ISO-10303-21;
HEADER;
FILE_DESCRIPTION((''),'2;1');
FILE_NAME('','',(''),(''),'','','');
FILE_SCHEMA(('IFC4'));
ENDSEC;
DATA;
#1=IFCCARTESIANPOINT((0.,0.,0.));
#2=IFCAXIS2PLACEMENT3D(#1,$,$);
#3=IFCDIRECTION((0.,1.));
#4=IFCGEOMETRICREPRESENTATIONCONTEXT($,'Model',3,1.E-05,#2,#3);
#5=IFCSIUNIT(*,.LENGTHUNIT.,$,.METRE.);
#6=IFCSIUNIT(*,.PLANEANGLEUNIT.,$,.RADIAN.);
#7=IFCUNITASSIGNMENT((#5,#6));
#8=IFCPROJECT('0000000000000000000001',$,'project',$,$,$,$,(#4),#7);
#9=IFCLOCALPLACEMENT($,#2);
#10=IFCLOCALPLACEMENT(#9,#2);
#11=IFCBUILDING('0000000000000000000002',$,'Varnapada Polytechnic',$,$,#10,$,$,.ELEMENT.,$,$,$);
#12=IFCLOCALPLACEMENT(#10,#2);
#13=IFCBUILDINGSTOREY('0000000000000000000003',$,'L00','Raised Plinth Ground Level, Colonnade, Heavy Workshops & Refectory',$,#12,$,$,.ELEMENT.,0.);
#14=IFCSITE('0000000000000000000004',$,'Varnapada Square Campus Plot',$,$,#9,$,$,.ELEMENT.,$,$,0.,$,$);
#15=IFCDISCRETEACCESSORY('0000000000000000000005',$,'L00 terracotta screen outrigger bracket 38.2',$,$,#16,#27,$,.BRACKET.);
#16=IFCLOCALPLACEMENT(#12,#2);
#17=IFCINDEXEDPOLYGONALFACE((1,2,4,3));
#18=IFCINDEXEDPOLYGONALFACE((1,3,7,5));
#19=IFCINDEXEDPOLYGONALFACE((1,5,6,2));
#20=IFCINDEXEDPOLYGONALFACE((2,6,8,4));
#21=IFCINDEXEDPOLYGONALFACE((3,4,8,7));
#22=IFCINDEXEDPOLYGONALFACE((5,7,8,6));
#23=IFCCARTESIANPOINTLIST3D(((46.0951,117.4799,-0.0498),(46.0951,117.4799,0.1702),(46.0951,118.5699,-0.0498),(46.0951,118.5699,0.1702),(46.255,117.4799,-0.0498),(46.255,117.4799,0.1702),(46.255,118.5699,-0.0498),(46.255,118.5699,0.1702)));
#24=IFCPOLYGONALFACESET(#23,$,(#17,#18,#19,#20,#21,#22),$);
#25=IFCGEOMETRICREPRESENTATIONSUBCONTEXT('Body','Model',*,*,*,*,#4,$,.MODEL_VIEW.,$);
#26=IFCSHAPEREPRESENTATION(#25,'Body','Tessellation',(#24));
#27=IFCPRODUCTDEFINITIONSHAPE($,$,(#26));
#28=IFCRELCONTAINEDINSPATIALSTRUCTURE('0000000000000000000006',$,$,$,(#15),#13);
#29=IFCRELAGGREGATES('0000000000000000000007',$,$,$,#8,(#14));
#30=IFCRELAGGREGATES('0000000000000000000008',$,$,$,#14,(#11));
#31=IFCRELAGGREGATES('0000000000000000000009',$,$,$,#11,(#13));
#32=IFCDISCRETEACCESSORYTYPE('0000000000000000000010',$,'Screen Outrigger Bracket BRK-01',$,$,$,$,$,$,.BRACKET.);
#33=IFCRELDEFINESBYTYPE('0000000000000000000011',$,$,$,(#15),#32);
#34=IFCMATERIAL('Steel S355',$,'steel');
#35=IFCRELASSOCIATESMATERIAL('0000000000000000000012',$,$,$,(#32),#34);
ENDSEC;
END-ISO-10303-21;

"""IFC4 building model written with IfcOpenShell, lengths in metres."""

from ifc_helpers import new_model, si_unit, direction, frame, origin, origin_2d, place, context, subcontext, project, spatial, rectangle, extrude, material, type_object, element, save


model = new_model("IFC4")

# Units and contexts
model_context = context("Model", 3, precision=1e-05, world=origin(), true_north=direction((0.0, 1.0)))
body_context = subcontext(model_context, "Body", "Model", "MODEL_VIEW")
ifc_project = project(units=[si_unit("LENGTHUNIT", "METRE"), si_unit("PLANEANGLEUNIT", "RADIAN")], contexts=[model_context])

# Site, building, storey
site_placement = place(None, origin())
site = spatial("IfcSite", under=ifc_project, at=site_placement, Name="Varnapada Square Campus Plot", CompositionType="ELEMENT", RefElevation=0.0)
building_placement = place(site_placement, origin())
building = spatial("IfcBuilding", under=site, at=building_placement, Name="Varnapada Polytechnic", CompositionType="ELEMENT")
storey_placement = place(building_placement, origin())
storey = spatial("IfcBuildingStorey", under=building, at=storey_placement, Name="L00", Description="Raised Plinth Ground Level, Colonnade, Heavy Workshops & Refectory", CompositionType="ELEMENT", Elevation=0.0)

# Discrete accessory
ifc_material_1 = material(Name="Steel S355", Category="steel")
discrete_accessory_type = type_object("IfcDiscreteAccessoryType", Name="Screen Outrigger Bracket BRK-01", PredefinedType="BRACKET", material=ifc_material_1)
for number, where, z_axis, x_axis, name in (
    (1, (46.175, 118.0249, -0.0498), (0.0, 0.0, 1.0), (1.0, 0.0, 0.0), "L00 terracotta screen outrigger bracket 38.2"),
):
    element("IfcDiscreteAccessory", number, at=place(storey_placement, frame(where, z_axis=z_axis, x_axis=x_axis)), inside=storey, type_object=discrete_accessory_type, Name=name, PredefinedType="BRACKET", context=body_context, shape_type="SweptSolid", body=[
        extrude(rectangle(XDim=0.1599, YDim=1.0901, at=origin_2d()), origin(), (0.0, 0.0, 1.0), 0.22),
    ])

save(model, "model.ifc")
